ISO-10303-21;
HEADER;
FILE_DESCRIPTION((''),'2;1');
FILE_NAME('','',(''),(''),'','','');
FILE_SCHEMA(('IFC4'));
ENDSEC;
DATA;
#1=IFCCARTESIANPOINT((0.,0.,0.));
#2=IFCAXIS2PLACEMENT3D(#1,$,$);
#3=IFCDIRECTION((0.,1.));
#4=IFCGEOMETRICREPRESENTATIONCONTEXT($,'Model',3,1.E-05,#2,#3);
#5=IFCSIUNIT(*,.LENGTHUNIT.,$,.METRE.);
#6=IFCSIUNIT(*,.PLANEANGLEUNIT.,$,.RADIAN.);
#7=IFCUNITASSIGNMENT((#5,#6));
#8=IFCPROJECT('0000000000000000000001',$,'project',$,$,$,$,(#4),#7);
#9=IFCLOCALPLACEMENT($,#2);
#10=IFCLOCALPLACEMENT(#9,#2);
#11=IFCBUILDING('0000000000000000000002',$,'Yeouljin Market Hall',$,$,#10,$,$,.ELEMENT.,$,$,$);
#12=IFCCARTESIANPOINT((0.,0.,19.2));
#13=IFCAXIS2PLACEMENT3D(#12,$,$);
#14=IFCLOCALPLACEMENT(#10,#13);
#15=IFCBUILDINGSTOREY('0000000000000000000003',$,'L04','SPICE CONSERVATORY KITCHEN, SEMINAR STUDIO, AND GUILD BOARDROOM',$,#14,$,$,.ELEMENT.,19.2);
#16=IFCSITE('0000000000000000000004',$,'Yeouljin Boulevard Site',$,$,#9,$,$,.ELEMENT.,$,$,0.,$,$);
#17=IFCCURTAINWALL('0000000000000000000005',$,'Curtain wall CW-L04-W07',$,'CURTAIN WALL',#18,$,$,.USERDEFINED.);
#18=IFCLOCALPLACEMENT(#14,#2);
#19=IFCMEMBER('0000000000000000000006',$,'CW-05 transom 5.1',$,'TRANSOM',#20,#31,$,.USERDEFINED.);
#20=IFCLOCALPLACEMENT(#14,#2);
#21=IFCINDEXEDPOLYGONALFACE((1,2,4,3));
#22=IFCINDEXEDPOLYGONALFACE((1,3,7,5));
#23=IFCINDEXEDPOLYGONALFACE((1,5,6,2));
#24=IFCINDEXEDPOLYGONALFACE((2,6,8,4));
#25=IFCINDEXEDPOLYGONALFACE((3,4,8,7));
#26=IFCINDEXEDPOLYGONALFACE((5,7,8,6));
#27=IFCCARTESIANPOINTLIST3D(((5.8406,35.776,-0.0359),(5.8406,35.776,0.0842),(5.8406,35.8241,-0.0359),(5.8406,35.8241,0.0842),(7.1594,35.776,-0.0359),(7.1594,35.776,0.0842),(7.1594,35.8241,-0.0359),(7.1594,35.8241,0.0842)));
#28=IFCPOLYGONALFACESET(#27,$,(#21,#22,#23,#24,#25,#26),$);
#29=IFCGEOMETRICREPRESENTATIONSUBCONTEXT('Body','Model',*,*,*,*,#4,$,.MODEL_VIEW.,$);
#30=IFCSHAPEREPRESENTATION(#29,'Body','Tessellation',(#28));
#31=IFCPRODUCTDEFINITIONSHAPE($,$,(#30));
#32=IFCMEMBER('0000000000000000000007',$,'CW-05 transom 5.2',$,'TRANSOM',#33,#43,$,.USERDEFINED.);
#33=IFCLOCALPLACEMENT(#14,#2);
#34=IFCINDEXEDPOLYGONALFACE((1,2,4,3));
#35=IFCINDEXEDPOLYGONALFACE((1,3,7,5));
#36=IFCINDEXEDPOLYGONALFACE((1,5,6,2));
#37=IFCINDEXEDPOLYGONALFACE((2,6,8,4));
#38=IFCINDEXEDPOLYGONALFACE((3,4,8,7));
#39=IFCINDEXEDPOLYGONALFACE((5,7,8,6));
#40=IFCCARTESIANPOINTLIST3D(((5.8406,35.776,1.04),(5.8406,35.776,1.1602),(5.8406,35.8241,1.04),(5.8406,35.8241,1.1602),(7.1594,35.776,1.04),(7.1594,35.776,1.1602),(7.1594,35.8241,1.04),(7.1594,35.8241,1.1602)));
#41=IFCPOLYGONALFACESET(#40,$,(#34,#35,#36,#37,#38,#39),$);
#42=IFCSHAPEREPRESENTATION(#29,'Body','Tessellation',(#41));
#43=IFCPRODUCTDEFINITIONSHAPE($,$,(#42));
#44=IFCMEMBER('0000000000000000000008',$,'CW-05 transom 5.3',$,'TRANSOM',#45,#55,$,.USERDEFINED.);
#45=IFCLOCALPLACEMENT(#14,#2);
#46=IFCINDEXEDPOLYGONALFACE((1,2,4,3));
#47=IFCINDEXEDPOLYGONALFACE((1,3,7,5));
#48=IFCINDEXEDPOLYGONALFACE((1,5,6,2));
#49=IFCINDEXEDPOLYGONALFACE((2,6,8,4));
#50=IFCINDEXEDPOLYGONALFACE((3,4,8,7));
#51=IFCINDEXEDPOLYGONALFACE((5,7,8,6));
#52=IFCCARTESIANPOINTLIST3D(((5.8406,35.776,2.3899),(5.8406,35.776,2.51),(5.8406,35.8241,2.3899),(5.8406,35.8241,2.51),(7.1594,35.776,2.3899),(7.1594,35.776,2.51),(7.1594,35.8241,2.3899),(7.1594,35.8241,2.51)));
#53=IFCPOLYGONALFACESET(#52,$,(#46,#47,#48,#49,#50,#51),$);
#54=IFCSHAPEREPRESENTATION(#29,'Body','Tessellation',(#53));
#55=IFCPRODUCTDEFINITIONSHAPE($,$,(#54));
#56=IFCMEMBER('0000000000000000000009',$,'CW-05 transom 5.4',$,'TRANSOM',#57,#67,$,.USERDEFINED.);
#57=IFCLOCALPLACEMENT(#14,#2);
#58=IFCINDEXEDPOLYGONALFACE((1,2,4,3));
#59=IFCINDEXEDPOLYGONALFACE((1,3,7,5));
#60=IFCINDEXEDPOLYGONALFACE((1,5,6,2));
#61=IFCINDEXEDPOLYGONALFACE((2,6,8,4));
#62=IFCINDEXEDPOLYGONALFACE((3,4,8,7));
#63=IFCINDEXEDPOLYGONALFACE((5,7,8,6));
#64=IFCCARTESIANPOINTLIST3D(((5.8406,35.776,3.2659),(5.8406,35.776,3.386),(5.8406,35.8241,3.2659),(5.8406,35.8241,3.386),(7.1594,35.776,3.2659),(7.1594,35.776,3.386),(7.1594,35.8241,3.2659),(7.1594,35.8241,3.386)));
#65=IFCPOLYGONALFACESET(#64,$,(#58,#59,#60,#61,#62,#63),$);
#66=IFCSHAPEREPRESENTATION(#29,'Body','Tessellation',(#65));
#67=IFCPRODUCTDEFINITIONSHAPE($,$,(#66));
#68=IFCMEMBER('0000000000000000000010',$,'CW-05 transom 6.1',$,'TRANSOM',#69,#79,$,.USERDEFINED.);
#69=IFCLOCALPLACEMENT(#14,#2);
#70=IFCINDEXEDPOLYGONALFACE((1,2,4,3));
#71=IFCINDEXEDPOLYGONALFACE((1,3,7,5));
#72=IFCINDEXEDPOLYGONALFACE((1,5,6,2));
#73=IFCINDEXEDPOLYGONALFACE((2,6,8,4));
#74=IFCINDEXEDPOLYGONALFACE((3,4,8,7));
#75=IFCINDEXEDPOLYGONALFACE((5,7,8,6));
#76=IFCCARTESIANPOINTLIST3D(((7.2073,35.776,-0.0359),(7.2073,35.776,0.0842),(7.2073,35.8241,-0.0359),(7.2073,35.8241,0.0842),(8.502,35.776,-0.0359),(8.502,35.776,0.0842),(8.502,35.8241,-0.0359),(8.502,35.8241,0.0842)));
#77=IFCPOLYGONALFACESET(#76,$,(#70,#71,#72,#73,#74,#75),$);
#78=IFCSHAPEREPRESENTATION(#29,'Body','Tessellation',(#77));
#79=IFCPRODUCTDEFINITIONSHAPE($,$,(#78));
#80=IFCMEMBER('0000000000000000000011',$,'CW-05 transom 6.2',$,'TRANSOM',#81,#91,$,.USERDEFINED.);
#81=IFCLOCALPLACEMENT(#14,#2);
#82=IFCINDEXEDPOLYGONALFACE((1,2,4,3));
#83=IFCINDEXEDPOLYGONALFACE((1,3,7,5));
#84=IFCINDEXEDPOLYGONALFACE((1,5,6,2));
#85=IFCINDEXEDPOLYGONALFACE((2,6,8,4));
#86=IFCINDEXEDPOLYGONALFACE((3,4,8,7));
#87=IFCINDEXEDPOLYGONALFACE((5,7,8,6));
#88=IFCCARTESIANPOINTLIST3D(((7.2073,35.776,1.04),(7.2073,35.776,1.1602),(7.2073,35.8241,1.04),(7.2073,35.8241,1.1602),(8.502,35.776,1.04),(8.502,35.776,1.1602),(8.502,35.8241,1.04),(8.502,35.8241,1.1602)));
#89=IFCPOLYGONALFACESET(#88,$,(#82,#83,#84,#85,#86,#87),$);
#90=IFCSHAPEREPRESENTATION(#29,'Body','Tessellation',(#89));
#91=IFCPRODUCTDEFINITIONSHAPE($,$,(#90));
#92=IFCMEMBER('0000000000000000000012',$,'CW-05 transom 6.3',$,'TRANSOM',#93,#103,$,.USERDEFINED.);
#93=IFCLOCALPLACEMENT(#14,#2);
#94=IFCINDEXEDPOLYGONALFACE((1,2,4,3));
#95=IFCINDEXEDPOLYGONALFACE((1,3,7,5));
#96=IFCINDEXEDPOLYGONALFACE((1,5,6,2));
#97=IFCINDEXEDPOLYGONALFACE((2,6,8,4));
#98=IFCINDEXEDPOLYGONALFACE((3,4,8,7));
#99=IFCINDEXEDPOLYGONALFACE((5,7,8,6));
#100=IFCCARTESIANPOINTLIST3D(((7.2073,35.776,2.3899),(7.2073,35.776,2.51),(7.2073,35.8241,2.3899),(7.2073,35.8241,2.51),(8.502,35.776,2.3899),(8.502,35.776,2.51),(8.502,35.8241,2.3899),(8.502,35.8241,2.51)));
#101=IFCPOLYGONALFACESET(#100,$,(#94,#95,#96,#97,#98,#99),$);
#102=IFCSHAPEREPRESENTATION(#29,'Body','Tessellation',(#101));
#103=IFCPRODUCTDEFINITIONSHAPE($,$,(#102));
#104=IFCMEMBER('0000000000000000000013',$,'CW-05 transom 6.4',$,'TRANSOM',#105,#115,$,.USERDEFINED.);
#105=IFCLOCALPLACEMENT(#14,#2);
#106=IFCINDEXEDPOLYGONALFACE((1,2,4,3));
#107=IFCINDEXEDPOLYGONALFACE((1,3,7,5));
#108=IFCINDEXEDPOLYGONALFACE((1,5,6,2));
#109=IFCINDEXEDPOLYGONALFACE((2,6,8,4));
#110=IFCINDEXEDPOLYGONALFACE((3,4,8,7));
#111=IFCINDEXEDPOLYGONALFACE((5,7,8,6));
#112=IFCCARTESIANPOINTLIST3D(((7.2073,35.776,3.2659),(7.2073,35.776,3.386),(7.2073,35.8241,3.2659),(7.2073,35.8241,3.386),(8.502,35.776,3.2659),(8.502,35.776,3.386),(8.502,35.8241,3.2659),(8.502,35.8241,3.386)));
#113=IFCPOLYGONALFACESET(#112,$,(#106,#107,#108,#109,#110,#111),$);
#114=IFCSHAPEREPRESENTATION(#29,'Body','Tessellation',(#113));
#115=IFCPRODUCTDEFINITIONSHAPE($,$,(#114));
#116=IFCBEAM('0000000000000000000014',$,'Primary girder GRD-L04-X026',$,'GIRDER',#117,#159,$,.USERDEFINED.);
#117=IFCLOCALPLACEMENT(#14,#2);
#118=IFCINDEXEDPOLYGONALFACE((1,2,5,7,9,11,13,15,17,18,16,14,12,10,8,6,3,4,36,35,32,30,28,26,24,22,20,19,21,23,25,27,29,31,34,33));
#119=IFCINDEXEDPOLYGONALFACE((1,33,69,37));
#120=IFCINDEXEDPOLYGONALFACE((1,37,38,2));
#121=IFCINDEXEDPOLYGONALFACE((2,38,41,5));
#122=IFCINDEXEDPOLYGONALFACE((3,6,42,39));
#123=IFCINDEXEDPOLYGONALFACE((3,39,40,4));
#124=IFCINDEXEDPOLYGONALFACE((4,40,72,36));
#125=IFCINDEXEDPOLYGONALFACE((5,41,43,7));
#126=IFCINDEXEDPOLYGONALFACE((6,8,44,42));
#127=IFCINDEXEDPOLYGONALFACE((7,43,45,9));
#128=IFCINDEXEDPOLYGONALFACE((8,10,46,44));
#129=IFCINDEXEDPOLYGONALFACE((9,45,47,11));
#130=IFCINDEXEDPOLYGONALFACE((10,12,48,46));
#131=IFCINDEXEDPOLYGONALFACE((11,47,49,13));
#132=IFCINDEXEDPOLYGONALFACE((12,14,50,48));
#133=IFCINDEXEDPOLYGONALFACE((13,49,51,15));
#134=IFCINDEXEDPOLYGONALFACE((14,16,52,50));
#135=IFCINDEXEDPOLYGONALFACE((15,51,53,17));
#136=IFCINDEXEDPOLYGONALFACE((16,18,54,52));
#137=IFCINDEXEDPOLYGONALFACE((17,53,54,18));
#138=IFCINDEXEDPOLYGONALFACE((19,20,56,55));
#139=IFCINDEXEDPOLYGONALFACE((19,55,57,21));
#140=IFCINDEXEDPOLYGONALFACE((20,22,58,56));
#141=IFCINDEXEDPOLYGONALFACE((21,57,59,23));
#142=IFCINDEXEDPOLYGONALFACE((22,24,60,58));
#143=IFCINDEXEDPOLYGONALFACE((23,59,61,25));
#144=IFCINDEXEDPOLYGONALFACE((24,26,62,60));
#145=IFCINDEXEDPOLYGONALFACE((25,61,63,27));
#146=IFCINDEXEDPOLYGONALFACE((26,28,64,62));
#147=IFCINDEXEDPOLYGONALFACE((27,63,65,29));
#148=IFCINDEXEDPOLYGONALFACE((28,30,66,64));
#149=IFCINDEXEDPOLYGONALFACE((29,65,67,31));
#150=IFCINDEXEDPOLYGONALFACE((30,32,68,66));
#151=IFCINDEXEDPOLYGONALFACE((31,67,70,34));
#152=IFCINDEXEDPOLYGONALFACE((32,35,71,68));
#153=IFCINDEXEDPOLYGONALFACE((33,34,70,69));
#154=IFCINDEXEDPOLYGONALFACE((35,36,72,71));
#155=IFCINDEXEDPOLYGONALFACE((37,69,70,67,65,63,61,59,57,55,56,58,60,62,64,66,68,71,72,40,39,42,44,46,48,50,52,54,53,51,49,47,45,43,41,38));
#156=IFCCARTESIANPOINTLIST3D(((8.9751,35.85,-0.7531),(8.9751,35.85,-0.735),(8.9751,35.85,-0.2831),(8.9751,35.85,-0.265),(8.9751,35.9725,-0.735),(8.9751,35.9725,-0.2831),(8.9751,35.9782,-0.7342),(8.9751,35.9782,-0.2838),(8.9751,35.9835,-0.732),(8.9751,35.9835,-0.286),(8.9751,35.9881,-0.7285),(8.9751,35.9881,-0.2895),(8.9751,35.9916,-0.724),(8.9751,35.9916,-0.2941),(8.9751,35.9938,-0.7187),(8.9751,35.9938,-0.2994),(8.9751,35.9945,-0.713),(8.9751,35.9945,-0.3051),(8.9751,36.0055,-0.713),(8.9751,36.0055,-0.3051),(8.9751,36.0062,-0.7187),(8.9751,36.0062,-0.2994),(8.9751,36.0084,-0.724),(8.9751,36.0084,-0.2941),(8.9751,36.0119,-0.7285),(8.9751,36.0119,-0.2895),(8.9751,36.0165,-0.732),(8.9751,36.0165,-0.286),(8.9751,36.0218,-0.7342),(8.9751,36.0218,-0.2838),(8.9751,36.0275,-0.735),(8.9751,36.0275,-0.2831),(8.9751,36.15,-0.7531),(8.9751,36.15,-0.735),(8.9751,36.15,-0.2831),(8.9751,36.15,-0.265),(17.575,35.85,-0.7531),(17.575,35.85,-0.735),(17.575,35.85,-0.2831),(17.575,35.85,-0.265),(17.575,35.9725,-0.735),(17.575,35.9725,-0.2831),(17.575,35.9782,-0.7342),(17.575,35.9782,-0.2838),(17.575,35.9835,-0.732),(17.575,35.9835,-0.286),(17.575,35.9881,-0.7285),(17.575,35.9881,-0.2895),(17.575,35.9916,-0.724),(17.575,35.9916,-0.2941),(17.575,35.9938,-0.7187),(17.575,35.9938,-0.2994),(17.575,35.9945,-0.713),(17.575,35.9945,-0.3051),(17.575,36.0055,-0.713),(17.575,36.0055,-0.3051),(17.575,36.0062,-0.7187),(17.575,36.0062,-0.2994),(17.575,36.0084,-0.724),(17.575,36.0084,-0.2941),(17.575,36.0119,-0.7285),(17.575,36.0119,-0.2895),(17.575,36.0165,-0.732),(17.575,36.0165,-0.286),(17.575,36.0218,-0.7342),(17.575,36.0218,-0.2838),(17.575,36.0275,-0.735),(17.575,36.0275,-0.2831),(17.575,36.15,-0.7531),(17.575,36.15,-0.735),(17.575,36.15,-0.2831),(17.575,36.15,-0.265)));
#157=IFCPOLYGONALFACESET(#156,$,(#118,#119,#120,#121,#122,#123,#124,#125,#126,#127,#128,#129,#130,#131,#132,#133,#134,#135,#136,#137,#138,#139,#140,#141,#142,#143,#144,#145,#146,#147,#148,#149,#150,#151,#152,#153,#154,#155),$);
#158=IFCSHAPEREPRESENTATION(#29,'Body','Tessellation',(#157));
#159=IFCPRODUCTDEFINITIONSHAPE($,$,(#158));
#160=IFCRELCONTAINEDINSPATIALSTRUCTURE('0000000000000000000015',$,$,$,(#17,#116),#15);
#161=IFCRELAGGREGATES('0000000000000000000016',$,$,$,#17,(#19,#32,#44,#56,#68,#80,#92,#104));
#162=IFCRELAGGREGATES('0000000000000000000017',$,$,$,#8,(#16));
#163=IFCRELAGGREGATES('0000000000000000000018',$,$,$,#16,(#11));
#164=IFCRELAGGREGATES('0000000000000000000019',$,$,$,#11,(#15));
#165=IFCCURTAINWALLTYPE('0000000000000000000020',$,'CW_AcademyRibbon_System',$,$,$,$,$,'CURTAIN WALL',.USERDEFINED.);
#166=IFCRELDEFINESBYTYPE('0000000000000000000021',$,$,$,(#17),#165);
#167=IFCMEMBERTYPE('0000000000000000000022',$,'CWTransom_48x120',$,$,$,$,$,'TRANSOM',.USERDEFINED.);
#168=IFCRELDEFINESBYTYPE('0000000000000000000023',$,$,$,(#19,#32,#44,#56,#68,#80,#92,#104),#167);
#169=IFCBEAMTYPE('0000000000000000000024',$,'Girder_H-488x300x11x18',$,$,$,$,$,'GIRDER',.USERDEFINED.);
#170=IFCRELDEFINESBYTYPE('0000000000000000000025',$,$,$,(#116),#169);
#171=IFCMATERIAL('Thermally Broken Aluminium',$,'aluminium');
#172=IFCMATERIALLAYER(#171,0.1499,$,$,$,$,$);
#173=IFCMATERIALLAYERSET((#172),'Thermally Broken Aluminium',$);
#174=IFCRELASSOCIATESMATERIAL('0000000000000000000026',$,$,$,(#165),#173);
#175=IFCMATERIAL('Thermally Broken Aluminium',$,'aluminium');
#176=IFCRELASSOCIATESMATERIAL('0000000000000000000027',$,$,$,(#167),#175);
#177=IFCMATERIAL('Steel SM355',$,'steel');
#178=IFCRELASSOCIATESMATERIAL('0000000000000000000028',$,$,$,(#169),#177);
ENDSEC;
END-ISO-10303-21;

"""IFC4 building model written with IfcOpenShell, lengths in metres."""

from ifc_helpers import new_model, si_unit, direction, frame, origin, origin_2d, place, context, subcontext, project, spatial, rectangle, i_section, extrude, material, layer, layer_set, material_profile, profile_set, type_object, element, aggregate, save


model = new_model("IFC4")

# Units and contexts
model_context = context("Model", 3, precision=1e-05, world=origin(), true_north=direction((0.0, 1.0)))
body_context = subcontext(model_context, "Body", "Model", "MODEL_VIEW")
ifc_project = project(units=[si_unit("LENGTHUNIT", "METRE"), si_unit("PLANEANGLEUNIT", "RADIAN")], contexts=[model_context])

# Site, building, storey
site_placement = place(None, origin())
site = spatial("IfcSite", under=ifc_project, at=site_placement, Name="Yeouljin Boulevard Site", CompositionType="ELEMENT", RefElevation=0.0)
building_placement = place(site_placement, origin())
building = spatial("IfcBuilding", under=site, at=building_placement, Name="Yeouljin Market Hall", CompositionType="ELEMENT")
storey_placement = place(building_placement, frame((0.0, 0.0, 19.2)))
storey = spatial("IfcBuildingStorey", under=building, at=storey_placement, Name="L04", Description="SPICE CONSERVATORY KITCHEN, SEMINAR STUDIO, AND GUILD BOARDROOM", CompositionType="ELEMENT", Elevation=19.2)

# Curtain wall, members
ifc_material_1 = material(Name="Thermally Broken Aluminium", Category="aluminium")
ifc_layer_1 = layer(ifc_material_1, 0.1499)
ifc_layer_set_1 = layer_set([ifc_layer_1], Name="Thermally Broken Aluminium")
curtain_wall_type = type_object("IfcCurtainWallType", Name="CW_AcademyRibbon_System", ElementType="CURTAIN WALL", PredefinedType="USERDEFINED", material=ifc_layer_set_1)
curtain_wall_placement = place(storey_placement, origin())
curtain_wall = element("IfcCurtainWall", 1, at=curtain_wall_placement, inside=storey, type_object=curtain_wall_type, Name="Curtain wall CW-L04-W07", ObjectType="CURTAIN WALL", PredefinedType="USERDEFINED")
ifc_material_2 = material(Name="Thermally Broken Aluminium", Category="aluminium")
ifc_material_profile_1 = material_profile(ifc_material_2, rectangle(XDim=0.0481, YDim=0.1201, at=origin_2d()), Name="CW-TRAN-48x120")
ifc_profile_set_1 = profile_set([ifc_material_profile_1], Name="Thermally Broken Aluminium")
member_type_1 = type_object("IfcMemberType", Name="CWTransom_48x120", ElementType="TRANSOM", PredefinedType="USERDEFINED", material=ifc_profile_set_1)
member_1_placement = place(storey_placement, frame((5.8406, 35.8, 0.0242), z_axis=(1.0, 0.0, 0.0), x_axis=(0.0, 1.0, 0.0)))
member_1 = element("IfcMember", 2, at=member_1_placement, type_object=member_type_1, Name="CW-05 transom 5.1", ObjectType="TRANSOM", PredefinedType="USERDEFINED", context=body_context, shape_type="SweptSolid", body=[
    extrude(rectangle(XDim=0.0481, YDim=0.1201, at=origin_2d()), origin(), (0.0, 0.0, 1.0), 1.3188),
])
member_2_placement = place(storey_placement, frame((5.8406, 35.8, 1.1001), z_axis=(1.0, 0.0, 0.0), x_axis=(0.0, 1.0, 0.0)))
member_2 = element("IfcMember", 3, at=member_2_placement, type_object=member_type_1, Name="CW-05 transom 5.2", ObjectType="TRANSOM", PredefinedType="USERDEFINED", context=body_context, shape_type="SweptSolid", body=[
    extrude(rectangle(XDim=0.0481, YDim=0.1201, at=origin_2d()), origin(), (0.0, 0.0, 1.0), 1.3188),
])
member_3_placement = place(storey_placement, frame((5.8406, 35.8, 2.45), z_axis=(1.0, 0.0, 0.0), x_axis=(0.0, 1.0, 0.0)))
member_3 = element("IfcMember", 4, at=member_3_placement, type_object=member_type_1, Name="CW-05 transom 5.3", ObjectType="TRANSOM", PredefinedType="USERDEFINED", context=body_context, shape_type="SweptSolid", body=[
    extrude(rectangle(XDim=0.0481, YDim=0.1201, at=origin_2d()), origin(), (0.0, 0.0, 1.0), 1.3188),
])
member_4_placement = place(storey_placement, frame((5.8406, 35.8, 3.3259), z_axis=(1.0, 0.0, 0.0), x_axis=(0.0, 1.0, 0.0)))
member_4 = element("IfcMember", 5, at=member_4_placement, type_object=member_type_1, Name="CW-05 transom 5.4", ObjectType="TRANSOM", PredefinedType="USERDEFINED", context=body_context, shape_type="SweptSolid", body=[
    extrude(rectangle(XDim=0.0481, YDim=0.1201, at=origin_2d()), origin(), (0.0, 0.0, 1.0), 1.3188),
])
member_5_placement = place(storey_placement, frame((7.2073, 35.8, 0.0242), z_axis=(1.0, 0.0, 0.0), x_axis=(0.0, 1.0, 0.0)))
member_5 = element("IfcMember", 6, at=member_5_placement, type_object=member_type_1, Name="CW-05 transom 6.1", ObjectType="TRANSOM", PredefinedType="USERDEFINED", context=body_context, shape_type="SweptSolid", body=[
    extrude(rectangle(XDim=0.0481, YDim=0.1201, at=origin_2d()), origin(), (0.0, 0.0, 1.0), 1.2947),
])
member_6_placement = place(storey_placement, frame((7.2073, 35.8, 1.1001), z_axis=(1.0, 0.0, 0.0), x_axis=(0.0, 1.0, 0.0)))
member_6 = element("IfcMember", 7, at=member_6_placement, type_object=member_type_1, Name="CW-05 transom 6.2", ObjectType="TRANSOM", PredefinedType="USERDEFINED", context=body_context, shape_type="SweptSolid", body=[
    extrude(rectangle(XDim=0.0481, YDim=0.1201, at=origin_2d()), origin(), (0.0, 0.0, 1.0), 1.2947),
])
member_7_placement = place(storey_placement, frame((7.2073, 35.8, 2.45), z_axis=(1.0, 0.0, 0.0), x_axis=(0.0, 1.0, 0.0)))
member_7 = element("IfcMember", 8, at=member_7_placement, type_object=member_type_1, Name="CW-05 transom 6.3", ObjectType="TRANSOM", PredefinedType="USERDEFINED", context=body_context, shape_type="SweptSolid", body=[
    extrude(rectangle(XDim=0.0481, YDim=0.1201, at=origin_2d()), origin(), (0.0, 0.0, 1.0), 1.2947),
])
member_8_placement = place(storey_placement, frame((7.2073, 35.8, 3.3259), z_axis=(1.0, 0.0, 0.0), x_axis=(0.0, 1.0, 0.0)))
member_8 = element("IfcMember", 9, at=member_8_placement, type_object=member_type_1, Name="CW-05 transom 6.4", ObjectType="TRANSOM", PredefinedType="USERDEFINED", context=body_context, shape_type="SweptSolid", body=[
    extrude(rectangle(XDim=0.0481, YDim=0.1201, at=origin_2d()), origin(), (0.0, 0.0, 1.0), 1.2947),
])

# Beam
ifc_material_3 = material(Name="Steel SM355", Category="steel")
ifc_material_profile_2 = material_profile(ifc_material_3, i_section(OverallWidth=0.3, OverallDepth=0.488, WebThickness=0.011, FlangeThickness=0.0181, FilletRadius=0.022, at=origin_2d()), Name="H-488x300x11x18")
ifc_profile_set_2 = profile_set([ifc_material_profile_2], Name="Steel SM355")
beam_type_1 = type_object("IfcBeamType", Name="Girder_H-488x300x11x18", ElementType="GIRDER", PredefinedType="USERDEFINED", material=ifc_profile_set_2)
beam_1_placement = place(storey_placement, frame((8.9751, 36.0, -0.509), z_axis=(1.0, 0.0, 0.0), x_axis=(0.0, 1.0, 0.0)))
element("IfcBeam", 10, at=beam_1_placement, inside=storey, type_object=beam_type_1, Name="Primary girder GRD-L04-X026", ObjectType="GIRDER", PredefinedType="USERDEFINED", context=body_context, shape_type="SweptSolid", body=[
    extrude(i_section(OverallWidth=0.3, OverallDepth=0.488, WebThickness=0.011, FlangeThickness=0.0181, FilletRadius=0.022, at=origin_2d()), origin(), (0.0, 0.0, 1.0), 8.5999),
])

aggregate(curtain_wall, [member_1, member_2, member_3, member_4, member_5, member_6, member_7, member_8])

save(model, "model.ifc")
